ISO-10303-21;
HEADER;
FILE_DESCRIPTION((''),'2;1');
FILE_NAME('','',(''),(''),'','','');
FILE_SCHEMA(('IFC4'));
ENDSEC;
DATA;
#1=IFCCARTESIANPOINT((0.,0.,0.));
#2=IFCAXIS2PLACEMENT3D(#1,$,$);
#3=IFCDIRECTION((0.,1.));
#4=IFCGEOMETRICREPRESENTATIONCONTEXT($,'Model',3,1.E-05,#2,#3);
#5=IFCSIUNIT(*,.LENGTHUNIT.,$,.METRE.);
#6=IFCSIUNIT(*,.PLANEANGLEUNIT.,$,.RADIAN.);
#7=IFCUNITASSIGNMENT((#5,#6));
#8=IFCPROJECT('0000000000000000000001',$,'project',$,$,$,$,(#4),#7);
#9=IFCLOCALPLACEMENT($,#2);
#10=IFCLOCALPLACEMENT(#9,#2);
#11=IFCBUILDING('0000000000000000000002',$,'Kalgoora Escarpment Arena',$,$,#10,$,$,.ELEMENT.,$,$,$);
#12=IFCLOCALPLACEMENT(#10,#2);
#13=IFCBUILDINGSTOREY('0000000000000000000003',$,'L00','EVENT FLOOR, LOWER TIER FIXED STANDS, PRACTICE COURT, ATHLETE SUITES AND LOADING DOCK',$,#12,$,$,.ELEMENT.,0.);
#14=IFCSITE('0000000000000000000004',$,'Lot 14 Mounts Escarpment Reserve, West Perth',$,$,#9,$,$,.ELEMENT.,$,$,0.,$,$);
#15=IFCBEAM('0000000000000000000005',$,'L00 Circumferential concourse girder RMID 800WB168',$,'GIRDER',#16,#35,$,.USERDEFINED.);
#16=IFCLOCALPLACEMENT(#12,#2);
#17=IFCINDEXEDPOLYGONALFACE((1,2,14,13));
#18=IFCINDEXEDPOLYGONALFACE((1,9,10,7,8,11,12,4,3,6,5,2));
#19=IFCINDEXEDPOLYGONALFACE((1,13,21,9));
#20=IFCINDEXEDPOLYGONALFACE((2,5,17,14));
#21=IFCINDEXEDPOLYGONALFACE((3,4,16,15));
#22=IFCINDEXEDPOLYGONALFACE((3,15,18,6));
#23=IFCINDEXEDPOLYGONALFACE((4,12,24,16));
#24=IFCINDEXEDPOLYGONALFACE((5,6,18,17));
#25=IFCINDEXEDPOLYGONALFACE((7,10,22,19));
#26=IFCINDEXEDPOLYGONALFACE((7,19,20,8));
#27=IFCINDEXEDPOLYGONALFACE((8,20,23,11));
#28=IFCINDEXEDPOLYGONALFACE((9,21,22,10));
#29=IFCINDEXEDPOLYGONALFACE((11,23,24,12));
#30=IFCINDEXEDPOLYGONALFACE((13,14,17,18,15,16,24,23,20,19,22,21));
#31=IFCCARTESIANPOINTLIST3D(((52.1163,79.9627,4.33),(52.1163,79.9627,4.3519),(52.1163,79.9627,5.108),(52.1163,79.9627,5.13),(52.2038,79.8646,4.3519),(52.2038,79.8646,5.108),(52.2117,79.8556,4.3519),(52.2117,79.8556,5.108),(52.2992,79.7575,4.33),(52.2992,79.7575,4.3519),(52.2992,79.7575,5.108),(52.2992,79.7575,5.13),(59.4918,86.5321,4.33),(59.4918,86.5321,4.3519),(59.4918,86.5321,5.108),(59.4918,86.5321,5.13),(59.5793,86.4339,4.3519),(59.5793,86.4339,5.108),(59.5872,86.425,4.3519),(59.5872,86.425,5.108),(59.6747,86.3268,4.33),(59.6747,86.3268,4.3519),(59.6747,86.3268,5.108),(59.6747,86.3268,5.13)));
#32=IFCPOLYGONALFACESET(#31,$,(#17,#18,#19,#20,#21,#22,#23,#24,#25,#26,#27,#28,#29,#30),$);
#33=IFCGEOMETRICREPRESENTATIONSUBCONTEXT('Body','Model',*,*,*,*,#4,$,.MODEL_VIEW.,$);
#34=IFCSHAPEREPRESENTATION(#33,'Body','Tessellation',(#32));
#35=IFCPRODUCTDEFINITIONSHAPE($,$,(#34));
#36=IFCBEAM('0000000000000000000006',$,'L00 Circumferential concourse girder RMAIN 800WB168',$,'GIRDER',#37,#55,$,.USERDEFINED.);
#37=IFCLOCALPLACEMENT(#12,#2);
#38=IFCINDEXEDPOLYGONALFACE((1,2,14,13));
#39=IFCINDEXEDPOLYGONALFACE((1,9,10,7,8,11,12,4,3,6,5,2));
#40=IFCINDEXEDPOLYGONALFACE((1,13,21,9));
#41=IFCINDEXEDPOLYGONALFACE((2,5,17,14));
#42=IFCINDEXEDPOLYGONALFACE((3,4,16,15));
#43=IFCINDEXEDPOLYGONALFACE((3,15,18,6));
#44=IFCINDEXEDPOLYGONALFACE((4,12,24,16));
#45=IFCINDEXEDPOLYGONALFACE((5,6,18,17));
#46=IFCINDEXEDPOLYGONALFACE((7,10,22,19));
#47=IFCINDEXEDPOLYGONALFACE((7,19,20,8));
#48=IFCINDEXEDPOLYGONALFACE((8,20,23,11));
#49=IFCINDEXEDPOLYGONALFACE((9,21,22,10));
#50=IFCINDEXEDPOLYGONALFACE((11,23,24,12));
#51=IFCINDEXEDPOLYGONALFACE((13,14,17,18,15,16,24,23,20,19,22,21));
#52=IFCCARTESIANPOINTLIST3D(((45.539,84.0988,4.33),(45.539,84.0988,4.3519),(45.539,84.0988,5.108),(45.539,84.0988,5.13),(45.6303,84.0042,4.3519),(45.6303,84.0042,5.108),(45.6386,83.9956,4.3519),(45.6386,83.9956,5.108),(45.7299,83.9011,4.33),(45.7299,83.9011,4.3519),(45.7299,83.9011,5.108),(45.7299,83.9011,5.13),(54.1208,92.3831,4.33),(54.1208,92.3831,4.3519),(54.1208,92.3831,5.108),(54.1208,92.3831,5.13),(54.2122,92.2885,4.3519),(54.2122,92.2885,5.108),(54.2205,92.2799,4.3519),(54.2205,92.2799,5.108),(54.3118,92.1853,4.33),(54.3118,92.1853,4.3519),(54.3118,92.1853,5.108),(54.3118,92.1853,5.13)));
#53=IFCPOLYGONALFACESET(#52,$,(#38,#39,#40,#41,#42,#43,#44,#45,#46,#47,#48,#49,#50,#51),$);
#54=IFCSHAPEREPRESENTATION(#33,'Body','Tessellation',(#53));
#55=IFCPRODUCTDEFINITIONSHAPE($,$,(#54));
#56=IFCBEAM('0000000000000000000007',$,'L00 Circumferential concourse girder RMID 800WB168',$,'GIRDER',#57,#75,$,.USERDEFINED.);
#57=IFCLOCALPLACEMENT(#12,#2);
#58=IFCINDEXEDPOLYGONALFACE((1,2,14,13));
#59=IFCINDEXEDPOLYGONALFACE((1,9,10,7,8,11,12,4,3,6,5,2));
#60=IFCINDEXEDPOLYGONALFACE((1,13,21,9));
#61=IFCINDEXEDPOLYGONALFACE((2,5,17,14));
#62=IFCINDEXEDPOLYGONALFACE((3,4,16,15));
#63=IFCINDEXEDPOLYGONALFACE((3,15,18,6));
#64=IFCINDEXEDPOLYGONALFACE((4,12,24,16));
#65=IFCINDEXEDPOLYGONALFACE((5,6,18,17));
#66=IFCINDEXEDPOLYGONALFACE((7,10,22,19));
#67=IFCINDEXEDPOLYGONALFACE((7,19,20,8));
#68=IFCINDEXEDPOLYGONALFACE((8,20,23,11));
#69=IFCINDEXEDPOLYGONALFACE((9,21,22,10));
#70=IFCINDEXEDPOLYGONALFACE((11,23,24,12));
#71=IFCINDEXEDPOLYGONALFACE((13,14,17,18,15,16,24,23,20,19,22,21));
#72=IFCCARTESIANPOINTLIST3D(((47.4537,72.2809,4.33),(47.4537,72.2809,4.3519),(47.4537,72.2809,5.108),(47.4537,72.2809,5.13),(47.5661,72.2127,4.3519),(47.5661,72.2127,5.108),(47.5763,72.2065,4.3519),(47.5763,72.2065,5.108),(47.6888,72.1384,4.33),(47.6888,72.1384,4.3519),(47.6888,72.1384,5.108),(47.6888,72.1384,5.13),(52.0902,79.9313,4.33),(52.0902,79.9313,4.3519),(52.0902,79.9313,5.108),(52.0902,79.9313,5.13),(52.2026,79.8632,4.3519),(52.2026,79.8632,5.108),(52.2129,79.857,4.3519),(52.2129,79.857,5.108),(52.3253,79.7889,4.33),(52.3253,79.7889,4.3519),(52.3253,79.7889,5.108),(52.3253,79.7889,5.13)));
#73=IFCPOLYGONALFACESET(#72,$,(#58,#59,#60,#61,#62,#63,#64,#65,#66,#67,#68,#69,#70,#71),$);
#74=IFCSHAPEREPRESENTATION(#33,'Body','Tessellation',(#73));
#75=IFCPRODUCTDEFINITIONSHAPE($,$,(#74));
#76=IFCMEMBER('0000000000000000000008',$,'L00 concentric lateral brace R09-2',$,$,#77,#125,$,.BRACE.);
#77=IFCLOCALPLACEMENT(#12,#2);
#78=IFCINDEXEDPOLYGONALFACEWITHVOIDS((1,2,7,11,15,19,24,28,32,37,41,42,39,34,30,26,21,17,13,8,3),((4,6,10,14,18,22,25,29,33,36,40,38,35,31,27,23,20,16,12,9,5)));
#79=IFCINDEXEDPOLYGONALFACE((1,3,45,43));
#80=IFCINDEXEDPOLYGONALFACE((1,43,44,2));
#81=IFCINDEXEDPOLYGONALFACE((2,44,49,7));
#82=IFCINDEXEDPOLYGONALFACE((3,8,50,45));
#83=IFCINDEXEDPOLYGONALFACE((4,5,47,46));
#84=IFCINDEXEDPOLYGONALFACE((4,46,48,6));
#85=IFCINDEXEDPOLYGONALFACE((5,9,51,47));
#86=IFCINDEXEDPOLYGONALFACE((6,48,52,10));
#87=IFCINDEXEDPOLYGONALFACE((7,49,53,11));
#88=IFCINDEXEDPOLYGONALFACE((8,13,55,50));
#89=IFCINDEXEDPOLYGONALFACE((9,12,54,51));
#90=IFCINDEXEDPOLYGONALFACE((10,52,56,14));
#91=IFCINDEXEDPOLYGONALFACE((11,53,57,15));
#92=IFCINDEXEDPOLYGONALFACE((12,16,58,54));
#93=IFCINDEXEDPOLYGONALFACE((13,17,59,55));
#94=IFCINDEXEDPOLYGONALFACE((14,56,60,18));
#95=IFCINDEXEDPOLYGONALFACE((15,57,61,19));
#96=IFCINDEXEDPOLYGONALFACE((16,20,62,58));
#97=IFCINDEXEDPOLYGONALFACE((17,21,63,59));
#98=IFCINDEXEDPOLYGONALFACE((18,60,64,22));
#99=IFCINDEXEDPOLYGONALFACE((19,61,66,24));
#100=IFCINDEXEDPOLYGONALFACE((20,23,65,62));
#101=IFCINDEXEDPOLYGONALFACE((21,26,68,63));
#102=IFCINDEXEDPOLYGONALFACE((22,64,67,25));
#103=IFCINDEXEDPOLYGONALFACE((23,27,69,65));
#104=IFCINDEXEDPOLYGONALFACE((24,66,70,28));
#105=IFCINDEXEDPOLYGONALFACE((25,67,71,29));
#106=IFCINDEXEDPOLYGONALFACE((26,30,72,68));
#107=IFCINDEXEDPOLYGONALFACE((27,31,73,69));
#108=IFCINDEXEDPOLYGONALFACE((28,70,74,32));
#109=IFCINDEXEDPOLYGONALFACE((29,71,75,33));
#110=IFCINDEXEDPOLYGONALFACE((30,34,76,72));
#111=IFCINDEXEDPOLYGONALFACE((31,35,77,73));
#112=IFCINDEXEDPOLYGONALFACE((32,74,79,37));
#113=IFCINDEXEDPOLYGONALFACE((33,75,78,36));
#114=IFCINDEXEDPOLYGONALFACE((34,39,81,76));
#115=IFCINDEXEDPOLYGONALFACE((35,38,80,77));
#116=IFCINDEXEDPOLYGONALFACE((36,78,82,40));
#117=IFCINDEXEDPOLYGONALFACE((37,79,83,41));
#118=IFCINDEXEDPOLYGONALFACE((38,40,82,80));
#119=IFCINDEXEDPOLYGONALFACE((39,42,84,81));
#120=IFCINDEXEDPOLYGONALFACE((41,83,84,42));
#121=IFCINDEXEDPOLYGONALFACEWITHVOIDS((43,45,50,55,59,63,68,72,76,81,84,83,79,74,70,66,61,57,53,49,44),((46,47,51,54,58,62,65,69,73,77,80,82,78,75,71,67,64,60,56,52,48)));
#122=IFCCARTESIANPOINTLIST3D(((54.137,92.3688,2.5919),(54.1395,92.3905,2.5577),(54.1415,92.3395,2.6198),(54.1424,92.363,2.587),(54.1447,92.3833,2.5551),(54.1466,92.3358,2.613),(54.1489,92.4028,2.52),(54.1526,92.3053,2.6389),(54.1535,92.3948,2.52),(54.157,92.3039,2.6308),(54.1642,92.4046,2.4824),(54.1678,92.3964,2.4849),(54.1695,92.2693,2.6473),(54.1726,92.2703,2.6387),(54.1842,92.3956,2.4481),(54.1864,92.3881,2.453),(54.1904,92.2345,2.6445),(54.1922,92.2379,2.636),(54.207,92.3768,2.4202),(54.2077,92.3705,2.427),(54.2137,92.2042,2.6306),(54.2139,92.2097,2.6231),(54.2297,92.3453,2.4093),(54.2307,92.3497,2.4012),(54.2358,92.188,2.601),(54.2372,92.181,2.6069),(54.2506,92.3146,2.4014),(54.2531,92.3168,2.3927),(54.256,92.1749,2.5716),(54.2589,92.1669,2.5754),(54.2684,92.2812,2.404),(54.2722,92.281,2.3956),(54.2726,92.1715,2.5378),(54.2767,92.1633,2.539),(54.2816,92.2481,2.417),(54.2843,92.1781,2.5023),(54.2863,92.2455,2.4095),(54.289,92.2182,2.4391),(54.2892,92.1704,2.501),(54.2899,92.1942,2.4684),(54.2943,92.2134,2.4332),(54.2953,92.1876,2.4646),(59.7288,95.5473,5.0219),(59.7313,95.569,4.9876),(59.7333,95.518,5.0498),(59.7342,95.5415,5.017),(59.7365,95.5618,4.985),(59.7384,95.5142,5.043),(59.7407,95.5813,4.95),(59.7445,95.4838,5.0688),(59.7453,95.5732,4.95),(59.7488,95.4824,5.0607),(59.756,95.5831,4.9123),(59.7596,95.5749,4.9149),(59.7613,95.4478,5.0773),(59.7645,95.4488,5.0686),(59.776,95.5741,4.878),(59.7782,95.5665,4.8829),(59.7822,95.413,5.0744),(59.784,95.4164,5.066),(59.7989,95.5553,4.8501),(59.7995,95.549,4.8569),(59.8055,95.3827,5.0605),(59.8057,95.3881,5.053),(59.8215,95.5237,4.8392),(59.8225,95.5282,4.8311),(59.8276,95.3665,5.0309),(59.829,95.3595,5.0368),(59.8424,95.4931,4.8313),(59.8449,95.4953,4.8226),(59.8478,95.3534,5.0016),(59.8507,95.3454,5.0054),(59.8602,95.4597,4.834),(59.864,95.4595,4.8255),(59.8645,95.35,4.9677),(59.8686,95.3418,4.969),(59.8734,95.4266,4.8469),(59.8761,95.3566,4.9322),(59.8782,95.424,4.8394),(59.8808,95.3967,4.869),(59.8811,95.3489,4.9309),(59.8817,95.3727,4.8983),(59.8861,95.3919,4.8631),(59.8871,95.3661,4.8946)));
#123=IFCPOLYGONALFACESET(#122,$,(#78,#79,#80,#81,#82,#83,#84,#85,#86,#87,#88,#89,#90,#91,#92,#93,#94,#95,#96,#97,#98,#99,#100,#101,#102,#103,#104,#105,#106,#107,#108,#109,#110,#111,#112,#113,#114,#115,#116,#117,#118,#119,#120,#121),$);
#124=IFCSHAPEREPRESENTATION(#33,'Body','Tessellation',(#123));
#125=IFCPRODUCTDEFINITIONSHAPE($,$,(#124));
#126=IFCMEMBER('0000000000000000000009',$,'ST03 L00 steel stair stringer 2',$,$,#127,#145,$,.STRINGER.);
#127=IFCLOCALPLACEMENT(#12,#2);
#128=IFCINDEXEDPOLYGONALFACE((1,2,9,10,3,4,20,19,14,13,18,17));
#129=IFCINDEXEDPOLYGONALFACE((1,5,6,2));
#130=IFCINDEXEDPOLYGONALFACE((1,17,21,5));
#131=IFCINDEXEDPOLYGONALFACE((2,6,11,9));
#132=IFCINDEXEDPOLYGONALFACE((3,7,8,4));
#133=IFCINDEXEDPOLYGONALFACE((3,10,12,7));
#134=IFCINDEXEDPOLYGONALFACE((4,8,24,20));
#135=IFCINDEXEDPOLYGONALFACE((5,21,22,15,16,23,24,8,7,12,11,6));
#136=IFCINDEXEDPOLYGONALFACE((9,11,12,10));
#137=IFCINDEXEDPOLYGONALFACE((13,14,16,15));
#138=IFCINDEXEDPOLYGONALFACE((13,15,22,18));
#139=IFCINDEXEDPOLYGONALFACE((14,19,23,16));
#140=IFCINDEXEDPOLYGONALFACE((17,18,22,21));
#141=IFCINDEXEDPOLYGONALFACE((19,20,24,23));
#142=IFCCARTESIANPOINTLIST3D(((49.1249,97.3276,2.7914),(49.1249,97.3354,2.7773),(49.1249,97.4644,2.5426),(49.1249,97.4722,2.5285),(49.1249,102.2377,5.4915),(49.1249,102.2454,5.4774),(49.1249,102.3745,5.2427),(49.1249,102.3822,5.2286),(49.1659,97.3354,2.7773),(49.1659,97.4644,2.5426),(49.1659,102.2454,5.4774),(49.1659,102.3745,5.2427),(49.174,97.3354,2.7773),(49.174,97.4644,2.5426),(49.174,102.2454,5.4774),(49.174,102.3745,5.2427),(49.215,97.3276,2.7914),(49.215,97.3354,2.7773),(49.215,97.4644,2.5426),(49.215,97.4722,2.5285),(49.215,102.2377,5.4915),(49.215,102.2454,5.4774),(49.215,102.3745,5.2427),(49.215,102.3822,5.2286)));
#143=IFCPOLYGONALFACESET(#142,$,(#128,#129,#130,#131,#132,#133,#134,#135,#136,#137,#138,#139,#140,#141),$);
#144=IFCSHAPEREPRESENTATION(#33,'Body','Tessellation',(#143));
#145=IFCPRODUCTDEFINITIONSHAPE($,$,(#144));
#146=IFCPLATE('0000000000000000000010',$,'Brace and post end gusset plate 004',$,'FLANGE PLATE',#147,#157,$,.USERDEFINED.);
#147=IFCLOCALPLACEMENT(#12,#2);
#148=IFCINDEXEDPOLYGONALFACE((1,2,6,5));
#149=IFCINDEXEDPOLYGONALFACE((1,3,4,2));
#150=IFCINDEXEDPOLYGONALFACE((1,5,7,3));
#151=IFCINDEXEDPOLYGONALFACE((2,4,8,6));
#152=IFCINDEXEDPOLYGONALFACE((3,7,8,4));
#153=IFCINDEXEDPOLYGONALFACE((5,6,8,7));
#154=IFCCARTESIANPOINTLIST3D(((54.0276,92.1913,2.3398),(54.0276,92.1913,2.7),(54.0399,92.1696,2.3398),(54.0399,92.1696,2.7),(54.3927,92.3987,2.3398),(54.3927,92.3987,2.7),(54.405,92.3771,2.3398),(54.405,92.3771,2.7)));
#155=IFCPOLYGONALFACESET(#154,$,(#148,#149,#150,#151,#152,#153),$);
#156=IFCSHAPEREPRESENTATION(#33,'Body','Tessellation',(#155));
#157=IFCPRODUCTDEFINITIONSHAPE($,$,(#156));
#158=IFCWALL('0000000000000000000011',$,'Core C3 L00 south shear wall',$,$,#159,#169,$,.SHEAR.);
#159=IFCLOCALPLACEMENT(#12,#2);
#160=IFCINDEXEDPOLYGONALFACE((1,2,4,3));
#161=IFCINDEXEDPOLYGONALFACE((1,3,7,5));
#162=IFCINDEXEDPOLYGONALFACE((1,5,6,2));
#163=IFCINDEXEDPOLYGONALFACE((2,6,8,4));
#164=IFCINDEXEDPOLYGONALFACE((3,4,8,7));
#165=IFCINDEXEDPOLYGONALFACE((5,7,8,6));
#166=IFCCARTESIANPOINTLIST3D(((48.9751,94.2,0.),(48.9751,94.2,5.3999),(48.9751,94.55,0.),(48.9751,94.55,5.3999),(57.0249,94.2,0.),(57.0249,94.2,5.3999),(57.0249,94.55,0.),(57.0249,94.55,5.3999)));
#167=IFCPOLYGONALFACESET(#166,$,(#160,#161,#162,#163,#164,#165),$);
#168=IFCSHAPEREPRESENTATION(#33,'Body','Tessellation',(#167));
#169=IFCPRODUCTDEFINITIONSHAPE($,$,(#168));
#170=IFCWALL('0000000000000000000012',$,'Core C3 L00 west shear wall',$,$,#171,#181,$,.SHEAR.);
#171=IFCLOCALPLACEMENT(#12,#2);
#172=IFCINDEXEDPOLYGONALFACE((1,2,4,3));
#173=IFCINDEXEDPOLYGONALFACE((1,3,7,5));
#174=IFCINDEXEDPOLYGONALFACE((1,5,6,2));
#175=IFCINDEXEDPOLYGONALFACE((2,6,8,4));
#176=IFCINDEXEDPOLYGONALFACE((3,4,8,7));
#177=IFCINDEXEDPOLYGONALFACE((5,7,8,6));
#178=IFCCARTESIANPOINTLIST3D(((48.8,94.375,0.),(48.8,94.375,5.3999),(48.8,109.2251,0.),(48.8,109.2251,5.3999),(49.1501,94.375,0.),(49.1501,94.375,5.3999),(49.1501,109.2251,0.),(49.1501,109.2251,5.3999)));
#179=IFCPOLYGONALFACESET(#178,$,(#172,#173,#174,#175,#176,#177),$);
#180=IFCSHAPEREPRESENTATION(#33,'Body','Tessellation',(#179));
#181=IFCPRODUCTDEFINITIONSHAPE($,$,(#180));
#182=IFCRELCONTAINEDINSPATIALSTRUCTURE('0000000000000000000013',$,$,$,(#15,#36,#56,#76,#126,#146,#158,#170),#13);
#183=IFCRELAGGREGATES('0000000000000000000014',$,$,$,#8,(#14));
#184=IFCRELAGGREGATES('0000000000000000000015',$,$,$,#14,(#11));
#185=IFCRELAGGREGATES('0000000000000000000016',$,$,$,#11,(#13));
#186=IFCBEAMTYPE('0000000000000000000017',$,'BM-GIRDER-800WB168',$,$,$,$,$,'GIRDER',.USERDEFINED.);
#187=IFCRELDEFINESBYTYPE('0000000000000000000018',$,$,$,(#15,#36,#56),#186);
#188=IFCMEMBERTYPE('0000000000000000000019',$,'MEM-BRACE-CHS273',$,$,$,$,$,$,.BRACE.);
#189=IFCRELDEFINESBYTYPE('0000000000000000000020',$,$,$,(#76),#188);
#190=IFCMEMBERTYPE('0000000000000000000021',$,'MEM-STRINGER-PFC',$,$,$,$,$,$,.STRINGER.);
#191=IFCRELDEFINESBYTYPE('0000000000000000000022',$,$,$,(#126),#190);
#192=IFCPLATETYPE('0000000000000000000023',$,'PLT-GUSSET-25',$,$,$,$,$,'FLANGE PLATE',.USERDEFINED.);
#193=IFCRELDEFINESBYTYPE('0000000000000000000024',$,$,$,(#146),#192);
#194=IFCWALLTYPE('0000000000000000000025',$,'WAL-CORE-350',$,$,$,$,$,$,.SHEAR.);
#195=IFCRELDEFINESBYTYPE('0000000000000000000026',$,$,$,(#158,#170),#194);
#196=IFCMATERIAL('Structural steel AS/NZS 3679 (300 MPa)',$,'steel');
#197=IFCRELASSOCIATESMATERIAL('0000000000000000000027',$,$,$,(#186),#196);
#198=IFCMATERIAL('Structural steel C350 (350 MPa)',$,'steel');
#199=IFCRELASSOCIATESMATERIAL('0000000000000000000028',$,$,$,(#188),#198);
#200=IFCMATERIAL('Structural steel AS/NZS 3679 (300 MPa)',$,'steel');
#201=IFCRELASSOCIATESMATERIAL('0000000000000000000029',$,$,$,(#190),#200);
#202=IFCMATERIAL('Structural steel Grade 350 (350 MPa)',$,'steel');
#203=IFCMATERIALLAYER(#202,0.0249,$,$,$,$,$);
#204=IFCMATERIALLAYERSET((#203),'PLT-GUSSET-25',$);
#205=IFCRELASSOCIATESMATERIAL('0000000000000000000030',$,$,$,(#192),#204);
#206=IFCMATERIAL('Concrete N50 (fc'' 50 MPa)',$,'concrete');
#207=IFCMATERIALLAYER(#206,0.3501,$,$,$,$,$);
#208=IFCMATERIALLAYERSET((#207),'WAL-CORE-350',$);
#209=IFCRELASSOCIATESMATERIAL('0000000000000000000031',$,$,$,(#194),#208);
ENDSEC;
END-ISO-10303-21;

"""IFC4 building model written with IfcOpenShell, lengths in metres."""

from ifc_helpers import new_model, si_unit, direction, frame, frame_2d, origin, origin_2d, place, context, subcontext, project, spatial, rectangle, hollow_circle, i_section, extrude, material, layer, layer_set, material_profile, profile_set, type_object, element, save


model = new_model("IFC4")

# Units and contexts
model_context = context("Model", 3, precision=1e-05, world=origin(), true_north=direction((0.0, 1.0)))
body_context = subcontext(model_context, "Body", "Model", "MODEL_VIEW")
ifc_project = project(units=[si_unit("LENGTHUNIT", "METRE"), si_unit("PLANEANGLEUNIT", "RADIAN")], contexts=[model_context])

# Site, building, storey
site_placement = place(None, origin())
site = spatial("IfcSite", under=ifc_project, at=site_placement, Name="Lot 14 Mounts Escarpment Reserve, West Perth", CompositionType="ELEMENT", RefElevation=0.0)
building_placement = place(site_placement, origin())
building = spatial("IfcBuilding", under=site, at=building_placement, Name="Kalgoora Escarpment Arena", CompositionType="ELEMENT")
storey_placement = place(building_placement, origin())
storey = spatial("IfcBuildingStorey", under=building, at=storey_placement, Name="L00", Description="EVENT FLOOR, LOWER TIER FIXED STANDS, PRACTICE COURT, ATHLETE SUITES AND LOADING DOCK", CompositionType="ELEMENT", Elevation=0.0)

# Beams
ifc_material_1 = material(Name="Structural steel AS/NZS 3679 (300 MPa)", Category="steel")
ifc_material_profile_1 = material_profile(ifc_material_1, i_section(OverallWidth=0.2749, OverallDepth=0.8, WebThickness=0.012, FlangeThickness=0.022, at=origin_2d()))
ifc_profile_set_1 = profile_set([ifc_material_profile_1], Name="Structural steel AS/NZS 3679 (300 MPa)")
beam_type_1 = type_object("IfcBeamType", Name="BM-GIRDER-800WB168", ElementType="GIRDER", PredefinedType="USERDEFINED", material=ifc_profile_set_1)
beam_1_placement = place(storey_placement, frame((59.5833, 86.4294, 4.73), z_axis=(-0.746738, -0.665118, 0.0), x_axis=(0.665118, -0.746738, 0.0)))
element("IfcBeam", 1, at=beam_1_placement, inside=storey, type_object=beam_type_1, Name="L00 Circumferential concourse girder RMID 800WB168", ObjectType="GIRDER", PredefinedType="USERDEFINED", context=body_context, shape_type="SweptSolid", body=[
    extrude(i_section(OverallWidth=0.2749, OverallDepth=0.8, WebThickness=0.012, FlangeThickness=0.022, at=origin_2d()), origin(), (0.0, 0.0, 1.0), 9.877),
])
beam_2_placement = place(storey_placement, frame((54.2163, 92.2842, 4.73), z_axis=(-0.719472, -0.694521, 0.0), x_axis=(0.694521, -0.719472, 0.0)))
element("IfcBeam", 2, at=beam_2_placement, inside=storey, type_object=beam_type_1, Name="L00 Circumferential concourse girder RMAIN 800WB168", ObjectType="GIRDER", PredefinedType="USERDEFINED", context=body_context, shape_type="SweptSolid", body=[
    extrude(i_section(OverallWidth=0.2749, OverallDepth=0.8, WebThickness=0.012, FlangeThickness=0.022, at=origin_2d()), origin(), (0.0, 0.0, 1.0), 11.928),
])
beam_3_placement = place(storey_placement, frame((52.2078, 79.8601, 4.73), z_axis=(-0.518291, -0.855204, 0.0), x_axis=(0.855204, -0.518291, 0.0)))
element("IfcBeam", 3, at=beam_3_placement, inside=storey, type_object=beam_type_1, Name="L00 Circumferential concourse girder RMID 800WB168", ObjectType="GIRDER", PredefinedType="USERDEFINED", context=body_context, shape_type="SweptSolid", body=[
    extrude(i_section(OverallWidth=0.2749, OverallDepth=0.8, WebThickness=0.012, FlangeThickness=0.022, at=origin_2d()), origin(), (0.0, 0.0, 1.0), 8.9458),
])

# Members
ifc_material_2 = material(Name="Structural steel C350 (350 MPa)", Category="steel")
ifc_material_profile_2 = material_profile(ifc_material_2, hollow_circle(Radius=0.1365, WallThickness=0.0093, at=origin_2d()))
ifc_profile_set_2 = profile_set([ifc_material_profile_2], Name="Structural steel C350 (350 MPa)")
member_type_1 = type_object("IfcMemberType", Name="MEM-BRACE-CHS273", PredefinedType="BRACE", material=ifc_profile_set_2)
member_1_placement = place(storey_placement, frame((54.2163, 92.2842, 2.52), z_axis=(0.813268, 0.462275, 0.353408), x_axis=(-0.494163, 0.869369, 0.0)))
element("IfcMember", 4, at=member_1_placement, inside=storey, type_object=member_type_1, Name="L00 concentric lateral brace R09-2", PredefinedType="BRACE", context=body_context, shape_type="SweptSolid", body=[
    extrude(hollow_circle(Radius=0.1365, WallThickness=0.0093, at=origin_2d()), origin(), (0.0, 0.0, 1.0), 6.8757),
])
ifc_material_3 = material(Name="Structural steel AS/NZS 3679 (300 MPa)", Category="steel")
ifc_material_profile_3 = material_profile(ifc_material_3, i_section(OverallWidth=0.0901, OverallDepth=0.3, WebThickness=0.0081, FlangeThickness=0.0161, at=origin_2d()))
ifc_profile_set_3 = profile_set([ifc_material_profile_3], Name="Structural steel AS/NZS 3679 (300 MPa)")
member_type_2 = type_object("IfcMemberType", Name="MEM-STRINGER-PFC", PredefinedType="STRINGER", material=ifc_profile_set_3)
member_2_placement = place(storey_placement, frame((49.1699, 97.3999, 2.6599), z_axis=(0.0, 0.876245, 0.481865), x_axis=(-1.0, 0.0, 0.0)))
element("IfcMember", 5, at=member_2_placement, inside=storey, type_object=member_type_2, Name="ST03 L00 steel stair stringer 2", PredefinedType="STRINGER", context=body_context, shape_type="SweptSolid", body=[
    extrude(i_section(OverallWidth=0.0901, OverallDepth=0.3, WebThickness=0.0081, FlangeThickness=0.0161, at=origin_2d()), origin(), (0.0, 0.0, 1.0), 5.6035),
])

# Plate
ifc_material_4 = material(Name="Structural steel Grade 350 (350 MPa)", Category="steel")
ifc_layer_1 = layer(ifc_material_4, 0.0249)
ifc_layer_set_1 = layer_set([ifc_layer_1], Name="PLT-GUSSET-25")
plate_type = type_object("IfcPlateType", Name="PLT-GUSSET-25", ElementType="FLANGE PLATE", PredefinedType="USERDEFINED", material=ifc_layer_set_1)
plate_placement = place(storey_placement, frame((54.2163, 92.2842, 2.3398), z_axis=(0.0, 0.0, 1.0), x_axis=(0.869495, 0.493942, 0.0)))
element("IfcPlate", 6, at=plate_placement, inside=storey, type_object=plate_type, Name="Brace and post end gusset plate 004", ObjectType="FLANGE PLATE", PredefinedType="USERDEFINED", context=body_context, shape_type="SweptSolid", body=[
    extrude(rectangle(XDim=0.4199, YDim=0.0249, at=origin_2d()), origin(), (0.0, 0.0, 1.0), 0.3601),
])

# Walls
ifc_material_5 = material(Name="Concrete N50 (fc' 50 MPa)", Category="concrete")
ifc_layer_2 = layer(ifc_material_5, 0.3501)
ifc_layer_set_2 = layer_set([ifc_layer_2], Name="WAL-CORE-350")
wall_type_1 = type_object("IfcWallType", Name="WAL-CORE-350", PredefinedType="SHEAR", material=ifc_layer_set_2)
wall_1_placement = place(storey_placement, frame((48.9751, 94.375, 0.0), z_axis=(0.0, 0.0, 1.0), x_axis=(1.0, 0.0, 0.0)))
element("IfcWall", 7, at=wall_1_placement, inside=storey, type_object=wall_type_1, Name="Core C3 L00 south shear wall", PredefinedType="SHEAR", context=body_context, shape_type="SweptSolid", body=[
    extrude(rectangle(XDim=8.0498, YDim=0.3501, at=frame_2d((4.0249, 0.0))), origin(), (0.0, 0.0, 1.0), 5.3999),
])
wall_2_placement = place(storey_placement, frame((48.9751, 94.375, 0.0), z_axis=(0.0, 0.0, 1.0), x_axis=(0.0, 1.0, 0.0)))
element("IfcWall", 8, at=wall_2_placement, inside=storey, type_object=wall_type_1, Name="Core C3 L00 west shear wall", PredefinedType="SHEAR", context=body_context, shape_type="SweptSolid", body=[
    extrude(rectangle(XDim=14.8501, YDim=0.3501, at=frame_2d((7.425, 0.0))), origin(), (0.0, 0.0, 1.0), 5.3999),
])

save(model, "model.ifc")
